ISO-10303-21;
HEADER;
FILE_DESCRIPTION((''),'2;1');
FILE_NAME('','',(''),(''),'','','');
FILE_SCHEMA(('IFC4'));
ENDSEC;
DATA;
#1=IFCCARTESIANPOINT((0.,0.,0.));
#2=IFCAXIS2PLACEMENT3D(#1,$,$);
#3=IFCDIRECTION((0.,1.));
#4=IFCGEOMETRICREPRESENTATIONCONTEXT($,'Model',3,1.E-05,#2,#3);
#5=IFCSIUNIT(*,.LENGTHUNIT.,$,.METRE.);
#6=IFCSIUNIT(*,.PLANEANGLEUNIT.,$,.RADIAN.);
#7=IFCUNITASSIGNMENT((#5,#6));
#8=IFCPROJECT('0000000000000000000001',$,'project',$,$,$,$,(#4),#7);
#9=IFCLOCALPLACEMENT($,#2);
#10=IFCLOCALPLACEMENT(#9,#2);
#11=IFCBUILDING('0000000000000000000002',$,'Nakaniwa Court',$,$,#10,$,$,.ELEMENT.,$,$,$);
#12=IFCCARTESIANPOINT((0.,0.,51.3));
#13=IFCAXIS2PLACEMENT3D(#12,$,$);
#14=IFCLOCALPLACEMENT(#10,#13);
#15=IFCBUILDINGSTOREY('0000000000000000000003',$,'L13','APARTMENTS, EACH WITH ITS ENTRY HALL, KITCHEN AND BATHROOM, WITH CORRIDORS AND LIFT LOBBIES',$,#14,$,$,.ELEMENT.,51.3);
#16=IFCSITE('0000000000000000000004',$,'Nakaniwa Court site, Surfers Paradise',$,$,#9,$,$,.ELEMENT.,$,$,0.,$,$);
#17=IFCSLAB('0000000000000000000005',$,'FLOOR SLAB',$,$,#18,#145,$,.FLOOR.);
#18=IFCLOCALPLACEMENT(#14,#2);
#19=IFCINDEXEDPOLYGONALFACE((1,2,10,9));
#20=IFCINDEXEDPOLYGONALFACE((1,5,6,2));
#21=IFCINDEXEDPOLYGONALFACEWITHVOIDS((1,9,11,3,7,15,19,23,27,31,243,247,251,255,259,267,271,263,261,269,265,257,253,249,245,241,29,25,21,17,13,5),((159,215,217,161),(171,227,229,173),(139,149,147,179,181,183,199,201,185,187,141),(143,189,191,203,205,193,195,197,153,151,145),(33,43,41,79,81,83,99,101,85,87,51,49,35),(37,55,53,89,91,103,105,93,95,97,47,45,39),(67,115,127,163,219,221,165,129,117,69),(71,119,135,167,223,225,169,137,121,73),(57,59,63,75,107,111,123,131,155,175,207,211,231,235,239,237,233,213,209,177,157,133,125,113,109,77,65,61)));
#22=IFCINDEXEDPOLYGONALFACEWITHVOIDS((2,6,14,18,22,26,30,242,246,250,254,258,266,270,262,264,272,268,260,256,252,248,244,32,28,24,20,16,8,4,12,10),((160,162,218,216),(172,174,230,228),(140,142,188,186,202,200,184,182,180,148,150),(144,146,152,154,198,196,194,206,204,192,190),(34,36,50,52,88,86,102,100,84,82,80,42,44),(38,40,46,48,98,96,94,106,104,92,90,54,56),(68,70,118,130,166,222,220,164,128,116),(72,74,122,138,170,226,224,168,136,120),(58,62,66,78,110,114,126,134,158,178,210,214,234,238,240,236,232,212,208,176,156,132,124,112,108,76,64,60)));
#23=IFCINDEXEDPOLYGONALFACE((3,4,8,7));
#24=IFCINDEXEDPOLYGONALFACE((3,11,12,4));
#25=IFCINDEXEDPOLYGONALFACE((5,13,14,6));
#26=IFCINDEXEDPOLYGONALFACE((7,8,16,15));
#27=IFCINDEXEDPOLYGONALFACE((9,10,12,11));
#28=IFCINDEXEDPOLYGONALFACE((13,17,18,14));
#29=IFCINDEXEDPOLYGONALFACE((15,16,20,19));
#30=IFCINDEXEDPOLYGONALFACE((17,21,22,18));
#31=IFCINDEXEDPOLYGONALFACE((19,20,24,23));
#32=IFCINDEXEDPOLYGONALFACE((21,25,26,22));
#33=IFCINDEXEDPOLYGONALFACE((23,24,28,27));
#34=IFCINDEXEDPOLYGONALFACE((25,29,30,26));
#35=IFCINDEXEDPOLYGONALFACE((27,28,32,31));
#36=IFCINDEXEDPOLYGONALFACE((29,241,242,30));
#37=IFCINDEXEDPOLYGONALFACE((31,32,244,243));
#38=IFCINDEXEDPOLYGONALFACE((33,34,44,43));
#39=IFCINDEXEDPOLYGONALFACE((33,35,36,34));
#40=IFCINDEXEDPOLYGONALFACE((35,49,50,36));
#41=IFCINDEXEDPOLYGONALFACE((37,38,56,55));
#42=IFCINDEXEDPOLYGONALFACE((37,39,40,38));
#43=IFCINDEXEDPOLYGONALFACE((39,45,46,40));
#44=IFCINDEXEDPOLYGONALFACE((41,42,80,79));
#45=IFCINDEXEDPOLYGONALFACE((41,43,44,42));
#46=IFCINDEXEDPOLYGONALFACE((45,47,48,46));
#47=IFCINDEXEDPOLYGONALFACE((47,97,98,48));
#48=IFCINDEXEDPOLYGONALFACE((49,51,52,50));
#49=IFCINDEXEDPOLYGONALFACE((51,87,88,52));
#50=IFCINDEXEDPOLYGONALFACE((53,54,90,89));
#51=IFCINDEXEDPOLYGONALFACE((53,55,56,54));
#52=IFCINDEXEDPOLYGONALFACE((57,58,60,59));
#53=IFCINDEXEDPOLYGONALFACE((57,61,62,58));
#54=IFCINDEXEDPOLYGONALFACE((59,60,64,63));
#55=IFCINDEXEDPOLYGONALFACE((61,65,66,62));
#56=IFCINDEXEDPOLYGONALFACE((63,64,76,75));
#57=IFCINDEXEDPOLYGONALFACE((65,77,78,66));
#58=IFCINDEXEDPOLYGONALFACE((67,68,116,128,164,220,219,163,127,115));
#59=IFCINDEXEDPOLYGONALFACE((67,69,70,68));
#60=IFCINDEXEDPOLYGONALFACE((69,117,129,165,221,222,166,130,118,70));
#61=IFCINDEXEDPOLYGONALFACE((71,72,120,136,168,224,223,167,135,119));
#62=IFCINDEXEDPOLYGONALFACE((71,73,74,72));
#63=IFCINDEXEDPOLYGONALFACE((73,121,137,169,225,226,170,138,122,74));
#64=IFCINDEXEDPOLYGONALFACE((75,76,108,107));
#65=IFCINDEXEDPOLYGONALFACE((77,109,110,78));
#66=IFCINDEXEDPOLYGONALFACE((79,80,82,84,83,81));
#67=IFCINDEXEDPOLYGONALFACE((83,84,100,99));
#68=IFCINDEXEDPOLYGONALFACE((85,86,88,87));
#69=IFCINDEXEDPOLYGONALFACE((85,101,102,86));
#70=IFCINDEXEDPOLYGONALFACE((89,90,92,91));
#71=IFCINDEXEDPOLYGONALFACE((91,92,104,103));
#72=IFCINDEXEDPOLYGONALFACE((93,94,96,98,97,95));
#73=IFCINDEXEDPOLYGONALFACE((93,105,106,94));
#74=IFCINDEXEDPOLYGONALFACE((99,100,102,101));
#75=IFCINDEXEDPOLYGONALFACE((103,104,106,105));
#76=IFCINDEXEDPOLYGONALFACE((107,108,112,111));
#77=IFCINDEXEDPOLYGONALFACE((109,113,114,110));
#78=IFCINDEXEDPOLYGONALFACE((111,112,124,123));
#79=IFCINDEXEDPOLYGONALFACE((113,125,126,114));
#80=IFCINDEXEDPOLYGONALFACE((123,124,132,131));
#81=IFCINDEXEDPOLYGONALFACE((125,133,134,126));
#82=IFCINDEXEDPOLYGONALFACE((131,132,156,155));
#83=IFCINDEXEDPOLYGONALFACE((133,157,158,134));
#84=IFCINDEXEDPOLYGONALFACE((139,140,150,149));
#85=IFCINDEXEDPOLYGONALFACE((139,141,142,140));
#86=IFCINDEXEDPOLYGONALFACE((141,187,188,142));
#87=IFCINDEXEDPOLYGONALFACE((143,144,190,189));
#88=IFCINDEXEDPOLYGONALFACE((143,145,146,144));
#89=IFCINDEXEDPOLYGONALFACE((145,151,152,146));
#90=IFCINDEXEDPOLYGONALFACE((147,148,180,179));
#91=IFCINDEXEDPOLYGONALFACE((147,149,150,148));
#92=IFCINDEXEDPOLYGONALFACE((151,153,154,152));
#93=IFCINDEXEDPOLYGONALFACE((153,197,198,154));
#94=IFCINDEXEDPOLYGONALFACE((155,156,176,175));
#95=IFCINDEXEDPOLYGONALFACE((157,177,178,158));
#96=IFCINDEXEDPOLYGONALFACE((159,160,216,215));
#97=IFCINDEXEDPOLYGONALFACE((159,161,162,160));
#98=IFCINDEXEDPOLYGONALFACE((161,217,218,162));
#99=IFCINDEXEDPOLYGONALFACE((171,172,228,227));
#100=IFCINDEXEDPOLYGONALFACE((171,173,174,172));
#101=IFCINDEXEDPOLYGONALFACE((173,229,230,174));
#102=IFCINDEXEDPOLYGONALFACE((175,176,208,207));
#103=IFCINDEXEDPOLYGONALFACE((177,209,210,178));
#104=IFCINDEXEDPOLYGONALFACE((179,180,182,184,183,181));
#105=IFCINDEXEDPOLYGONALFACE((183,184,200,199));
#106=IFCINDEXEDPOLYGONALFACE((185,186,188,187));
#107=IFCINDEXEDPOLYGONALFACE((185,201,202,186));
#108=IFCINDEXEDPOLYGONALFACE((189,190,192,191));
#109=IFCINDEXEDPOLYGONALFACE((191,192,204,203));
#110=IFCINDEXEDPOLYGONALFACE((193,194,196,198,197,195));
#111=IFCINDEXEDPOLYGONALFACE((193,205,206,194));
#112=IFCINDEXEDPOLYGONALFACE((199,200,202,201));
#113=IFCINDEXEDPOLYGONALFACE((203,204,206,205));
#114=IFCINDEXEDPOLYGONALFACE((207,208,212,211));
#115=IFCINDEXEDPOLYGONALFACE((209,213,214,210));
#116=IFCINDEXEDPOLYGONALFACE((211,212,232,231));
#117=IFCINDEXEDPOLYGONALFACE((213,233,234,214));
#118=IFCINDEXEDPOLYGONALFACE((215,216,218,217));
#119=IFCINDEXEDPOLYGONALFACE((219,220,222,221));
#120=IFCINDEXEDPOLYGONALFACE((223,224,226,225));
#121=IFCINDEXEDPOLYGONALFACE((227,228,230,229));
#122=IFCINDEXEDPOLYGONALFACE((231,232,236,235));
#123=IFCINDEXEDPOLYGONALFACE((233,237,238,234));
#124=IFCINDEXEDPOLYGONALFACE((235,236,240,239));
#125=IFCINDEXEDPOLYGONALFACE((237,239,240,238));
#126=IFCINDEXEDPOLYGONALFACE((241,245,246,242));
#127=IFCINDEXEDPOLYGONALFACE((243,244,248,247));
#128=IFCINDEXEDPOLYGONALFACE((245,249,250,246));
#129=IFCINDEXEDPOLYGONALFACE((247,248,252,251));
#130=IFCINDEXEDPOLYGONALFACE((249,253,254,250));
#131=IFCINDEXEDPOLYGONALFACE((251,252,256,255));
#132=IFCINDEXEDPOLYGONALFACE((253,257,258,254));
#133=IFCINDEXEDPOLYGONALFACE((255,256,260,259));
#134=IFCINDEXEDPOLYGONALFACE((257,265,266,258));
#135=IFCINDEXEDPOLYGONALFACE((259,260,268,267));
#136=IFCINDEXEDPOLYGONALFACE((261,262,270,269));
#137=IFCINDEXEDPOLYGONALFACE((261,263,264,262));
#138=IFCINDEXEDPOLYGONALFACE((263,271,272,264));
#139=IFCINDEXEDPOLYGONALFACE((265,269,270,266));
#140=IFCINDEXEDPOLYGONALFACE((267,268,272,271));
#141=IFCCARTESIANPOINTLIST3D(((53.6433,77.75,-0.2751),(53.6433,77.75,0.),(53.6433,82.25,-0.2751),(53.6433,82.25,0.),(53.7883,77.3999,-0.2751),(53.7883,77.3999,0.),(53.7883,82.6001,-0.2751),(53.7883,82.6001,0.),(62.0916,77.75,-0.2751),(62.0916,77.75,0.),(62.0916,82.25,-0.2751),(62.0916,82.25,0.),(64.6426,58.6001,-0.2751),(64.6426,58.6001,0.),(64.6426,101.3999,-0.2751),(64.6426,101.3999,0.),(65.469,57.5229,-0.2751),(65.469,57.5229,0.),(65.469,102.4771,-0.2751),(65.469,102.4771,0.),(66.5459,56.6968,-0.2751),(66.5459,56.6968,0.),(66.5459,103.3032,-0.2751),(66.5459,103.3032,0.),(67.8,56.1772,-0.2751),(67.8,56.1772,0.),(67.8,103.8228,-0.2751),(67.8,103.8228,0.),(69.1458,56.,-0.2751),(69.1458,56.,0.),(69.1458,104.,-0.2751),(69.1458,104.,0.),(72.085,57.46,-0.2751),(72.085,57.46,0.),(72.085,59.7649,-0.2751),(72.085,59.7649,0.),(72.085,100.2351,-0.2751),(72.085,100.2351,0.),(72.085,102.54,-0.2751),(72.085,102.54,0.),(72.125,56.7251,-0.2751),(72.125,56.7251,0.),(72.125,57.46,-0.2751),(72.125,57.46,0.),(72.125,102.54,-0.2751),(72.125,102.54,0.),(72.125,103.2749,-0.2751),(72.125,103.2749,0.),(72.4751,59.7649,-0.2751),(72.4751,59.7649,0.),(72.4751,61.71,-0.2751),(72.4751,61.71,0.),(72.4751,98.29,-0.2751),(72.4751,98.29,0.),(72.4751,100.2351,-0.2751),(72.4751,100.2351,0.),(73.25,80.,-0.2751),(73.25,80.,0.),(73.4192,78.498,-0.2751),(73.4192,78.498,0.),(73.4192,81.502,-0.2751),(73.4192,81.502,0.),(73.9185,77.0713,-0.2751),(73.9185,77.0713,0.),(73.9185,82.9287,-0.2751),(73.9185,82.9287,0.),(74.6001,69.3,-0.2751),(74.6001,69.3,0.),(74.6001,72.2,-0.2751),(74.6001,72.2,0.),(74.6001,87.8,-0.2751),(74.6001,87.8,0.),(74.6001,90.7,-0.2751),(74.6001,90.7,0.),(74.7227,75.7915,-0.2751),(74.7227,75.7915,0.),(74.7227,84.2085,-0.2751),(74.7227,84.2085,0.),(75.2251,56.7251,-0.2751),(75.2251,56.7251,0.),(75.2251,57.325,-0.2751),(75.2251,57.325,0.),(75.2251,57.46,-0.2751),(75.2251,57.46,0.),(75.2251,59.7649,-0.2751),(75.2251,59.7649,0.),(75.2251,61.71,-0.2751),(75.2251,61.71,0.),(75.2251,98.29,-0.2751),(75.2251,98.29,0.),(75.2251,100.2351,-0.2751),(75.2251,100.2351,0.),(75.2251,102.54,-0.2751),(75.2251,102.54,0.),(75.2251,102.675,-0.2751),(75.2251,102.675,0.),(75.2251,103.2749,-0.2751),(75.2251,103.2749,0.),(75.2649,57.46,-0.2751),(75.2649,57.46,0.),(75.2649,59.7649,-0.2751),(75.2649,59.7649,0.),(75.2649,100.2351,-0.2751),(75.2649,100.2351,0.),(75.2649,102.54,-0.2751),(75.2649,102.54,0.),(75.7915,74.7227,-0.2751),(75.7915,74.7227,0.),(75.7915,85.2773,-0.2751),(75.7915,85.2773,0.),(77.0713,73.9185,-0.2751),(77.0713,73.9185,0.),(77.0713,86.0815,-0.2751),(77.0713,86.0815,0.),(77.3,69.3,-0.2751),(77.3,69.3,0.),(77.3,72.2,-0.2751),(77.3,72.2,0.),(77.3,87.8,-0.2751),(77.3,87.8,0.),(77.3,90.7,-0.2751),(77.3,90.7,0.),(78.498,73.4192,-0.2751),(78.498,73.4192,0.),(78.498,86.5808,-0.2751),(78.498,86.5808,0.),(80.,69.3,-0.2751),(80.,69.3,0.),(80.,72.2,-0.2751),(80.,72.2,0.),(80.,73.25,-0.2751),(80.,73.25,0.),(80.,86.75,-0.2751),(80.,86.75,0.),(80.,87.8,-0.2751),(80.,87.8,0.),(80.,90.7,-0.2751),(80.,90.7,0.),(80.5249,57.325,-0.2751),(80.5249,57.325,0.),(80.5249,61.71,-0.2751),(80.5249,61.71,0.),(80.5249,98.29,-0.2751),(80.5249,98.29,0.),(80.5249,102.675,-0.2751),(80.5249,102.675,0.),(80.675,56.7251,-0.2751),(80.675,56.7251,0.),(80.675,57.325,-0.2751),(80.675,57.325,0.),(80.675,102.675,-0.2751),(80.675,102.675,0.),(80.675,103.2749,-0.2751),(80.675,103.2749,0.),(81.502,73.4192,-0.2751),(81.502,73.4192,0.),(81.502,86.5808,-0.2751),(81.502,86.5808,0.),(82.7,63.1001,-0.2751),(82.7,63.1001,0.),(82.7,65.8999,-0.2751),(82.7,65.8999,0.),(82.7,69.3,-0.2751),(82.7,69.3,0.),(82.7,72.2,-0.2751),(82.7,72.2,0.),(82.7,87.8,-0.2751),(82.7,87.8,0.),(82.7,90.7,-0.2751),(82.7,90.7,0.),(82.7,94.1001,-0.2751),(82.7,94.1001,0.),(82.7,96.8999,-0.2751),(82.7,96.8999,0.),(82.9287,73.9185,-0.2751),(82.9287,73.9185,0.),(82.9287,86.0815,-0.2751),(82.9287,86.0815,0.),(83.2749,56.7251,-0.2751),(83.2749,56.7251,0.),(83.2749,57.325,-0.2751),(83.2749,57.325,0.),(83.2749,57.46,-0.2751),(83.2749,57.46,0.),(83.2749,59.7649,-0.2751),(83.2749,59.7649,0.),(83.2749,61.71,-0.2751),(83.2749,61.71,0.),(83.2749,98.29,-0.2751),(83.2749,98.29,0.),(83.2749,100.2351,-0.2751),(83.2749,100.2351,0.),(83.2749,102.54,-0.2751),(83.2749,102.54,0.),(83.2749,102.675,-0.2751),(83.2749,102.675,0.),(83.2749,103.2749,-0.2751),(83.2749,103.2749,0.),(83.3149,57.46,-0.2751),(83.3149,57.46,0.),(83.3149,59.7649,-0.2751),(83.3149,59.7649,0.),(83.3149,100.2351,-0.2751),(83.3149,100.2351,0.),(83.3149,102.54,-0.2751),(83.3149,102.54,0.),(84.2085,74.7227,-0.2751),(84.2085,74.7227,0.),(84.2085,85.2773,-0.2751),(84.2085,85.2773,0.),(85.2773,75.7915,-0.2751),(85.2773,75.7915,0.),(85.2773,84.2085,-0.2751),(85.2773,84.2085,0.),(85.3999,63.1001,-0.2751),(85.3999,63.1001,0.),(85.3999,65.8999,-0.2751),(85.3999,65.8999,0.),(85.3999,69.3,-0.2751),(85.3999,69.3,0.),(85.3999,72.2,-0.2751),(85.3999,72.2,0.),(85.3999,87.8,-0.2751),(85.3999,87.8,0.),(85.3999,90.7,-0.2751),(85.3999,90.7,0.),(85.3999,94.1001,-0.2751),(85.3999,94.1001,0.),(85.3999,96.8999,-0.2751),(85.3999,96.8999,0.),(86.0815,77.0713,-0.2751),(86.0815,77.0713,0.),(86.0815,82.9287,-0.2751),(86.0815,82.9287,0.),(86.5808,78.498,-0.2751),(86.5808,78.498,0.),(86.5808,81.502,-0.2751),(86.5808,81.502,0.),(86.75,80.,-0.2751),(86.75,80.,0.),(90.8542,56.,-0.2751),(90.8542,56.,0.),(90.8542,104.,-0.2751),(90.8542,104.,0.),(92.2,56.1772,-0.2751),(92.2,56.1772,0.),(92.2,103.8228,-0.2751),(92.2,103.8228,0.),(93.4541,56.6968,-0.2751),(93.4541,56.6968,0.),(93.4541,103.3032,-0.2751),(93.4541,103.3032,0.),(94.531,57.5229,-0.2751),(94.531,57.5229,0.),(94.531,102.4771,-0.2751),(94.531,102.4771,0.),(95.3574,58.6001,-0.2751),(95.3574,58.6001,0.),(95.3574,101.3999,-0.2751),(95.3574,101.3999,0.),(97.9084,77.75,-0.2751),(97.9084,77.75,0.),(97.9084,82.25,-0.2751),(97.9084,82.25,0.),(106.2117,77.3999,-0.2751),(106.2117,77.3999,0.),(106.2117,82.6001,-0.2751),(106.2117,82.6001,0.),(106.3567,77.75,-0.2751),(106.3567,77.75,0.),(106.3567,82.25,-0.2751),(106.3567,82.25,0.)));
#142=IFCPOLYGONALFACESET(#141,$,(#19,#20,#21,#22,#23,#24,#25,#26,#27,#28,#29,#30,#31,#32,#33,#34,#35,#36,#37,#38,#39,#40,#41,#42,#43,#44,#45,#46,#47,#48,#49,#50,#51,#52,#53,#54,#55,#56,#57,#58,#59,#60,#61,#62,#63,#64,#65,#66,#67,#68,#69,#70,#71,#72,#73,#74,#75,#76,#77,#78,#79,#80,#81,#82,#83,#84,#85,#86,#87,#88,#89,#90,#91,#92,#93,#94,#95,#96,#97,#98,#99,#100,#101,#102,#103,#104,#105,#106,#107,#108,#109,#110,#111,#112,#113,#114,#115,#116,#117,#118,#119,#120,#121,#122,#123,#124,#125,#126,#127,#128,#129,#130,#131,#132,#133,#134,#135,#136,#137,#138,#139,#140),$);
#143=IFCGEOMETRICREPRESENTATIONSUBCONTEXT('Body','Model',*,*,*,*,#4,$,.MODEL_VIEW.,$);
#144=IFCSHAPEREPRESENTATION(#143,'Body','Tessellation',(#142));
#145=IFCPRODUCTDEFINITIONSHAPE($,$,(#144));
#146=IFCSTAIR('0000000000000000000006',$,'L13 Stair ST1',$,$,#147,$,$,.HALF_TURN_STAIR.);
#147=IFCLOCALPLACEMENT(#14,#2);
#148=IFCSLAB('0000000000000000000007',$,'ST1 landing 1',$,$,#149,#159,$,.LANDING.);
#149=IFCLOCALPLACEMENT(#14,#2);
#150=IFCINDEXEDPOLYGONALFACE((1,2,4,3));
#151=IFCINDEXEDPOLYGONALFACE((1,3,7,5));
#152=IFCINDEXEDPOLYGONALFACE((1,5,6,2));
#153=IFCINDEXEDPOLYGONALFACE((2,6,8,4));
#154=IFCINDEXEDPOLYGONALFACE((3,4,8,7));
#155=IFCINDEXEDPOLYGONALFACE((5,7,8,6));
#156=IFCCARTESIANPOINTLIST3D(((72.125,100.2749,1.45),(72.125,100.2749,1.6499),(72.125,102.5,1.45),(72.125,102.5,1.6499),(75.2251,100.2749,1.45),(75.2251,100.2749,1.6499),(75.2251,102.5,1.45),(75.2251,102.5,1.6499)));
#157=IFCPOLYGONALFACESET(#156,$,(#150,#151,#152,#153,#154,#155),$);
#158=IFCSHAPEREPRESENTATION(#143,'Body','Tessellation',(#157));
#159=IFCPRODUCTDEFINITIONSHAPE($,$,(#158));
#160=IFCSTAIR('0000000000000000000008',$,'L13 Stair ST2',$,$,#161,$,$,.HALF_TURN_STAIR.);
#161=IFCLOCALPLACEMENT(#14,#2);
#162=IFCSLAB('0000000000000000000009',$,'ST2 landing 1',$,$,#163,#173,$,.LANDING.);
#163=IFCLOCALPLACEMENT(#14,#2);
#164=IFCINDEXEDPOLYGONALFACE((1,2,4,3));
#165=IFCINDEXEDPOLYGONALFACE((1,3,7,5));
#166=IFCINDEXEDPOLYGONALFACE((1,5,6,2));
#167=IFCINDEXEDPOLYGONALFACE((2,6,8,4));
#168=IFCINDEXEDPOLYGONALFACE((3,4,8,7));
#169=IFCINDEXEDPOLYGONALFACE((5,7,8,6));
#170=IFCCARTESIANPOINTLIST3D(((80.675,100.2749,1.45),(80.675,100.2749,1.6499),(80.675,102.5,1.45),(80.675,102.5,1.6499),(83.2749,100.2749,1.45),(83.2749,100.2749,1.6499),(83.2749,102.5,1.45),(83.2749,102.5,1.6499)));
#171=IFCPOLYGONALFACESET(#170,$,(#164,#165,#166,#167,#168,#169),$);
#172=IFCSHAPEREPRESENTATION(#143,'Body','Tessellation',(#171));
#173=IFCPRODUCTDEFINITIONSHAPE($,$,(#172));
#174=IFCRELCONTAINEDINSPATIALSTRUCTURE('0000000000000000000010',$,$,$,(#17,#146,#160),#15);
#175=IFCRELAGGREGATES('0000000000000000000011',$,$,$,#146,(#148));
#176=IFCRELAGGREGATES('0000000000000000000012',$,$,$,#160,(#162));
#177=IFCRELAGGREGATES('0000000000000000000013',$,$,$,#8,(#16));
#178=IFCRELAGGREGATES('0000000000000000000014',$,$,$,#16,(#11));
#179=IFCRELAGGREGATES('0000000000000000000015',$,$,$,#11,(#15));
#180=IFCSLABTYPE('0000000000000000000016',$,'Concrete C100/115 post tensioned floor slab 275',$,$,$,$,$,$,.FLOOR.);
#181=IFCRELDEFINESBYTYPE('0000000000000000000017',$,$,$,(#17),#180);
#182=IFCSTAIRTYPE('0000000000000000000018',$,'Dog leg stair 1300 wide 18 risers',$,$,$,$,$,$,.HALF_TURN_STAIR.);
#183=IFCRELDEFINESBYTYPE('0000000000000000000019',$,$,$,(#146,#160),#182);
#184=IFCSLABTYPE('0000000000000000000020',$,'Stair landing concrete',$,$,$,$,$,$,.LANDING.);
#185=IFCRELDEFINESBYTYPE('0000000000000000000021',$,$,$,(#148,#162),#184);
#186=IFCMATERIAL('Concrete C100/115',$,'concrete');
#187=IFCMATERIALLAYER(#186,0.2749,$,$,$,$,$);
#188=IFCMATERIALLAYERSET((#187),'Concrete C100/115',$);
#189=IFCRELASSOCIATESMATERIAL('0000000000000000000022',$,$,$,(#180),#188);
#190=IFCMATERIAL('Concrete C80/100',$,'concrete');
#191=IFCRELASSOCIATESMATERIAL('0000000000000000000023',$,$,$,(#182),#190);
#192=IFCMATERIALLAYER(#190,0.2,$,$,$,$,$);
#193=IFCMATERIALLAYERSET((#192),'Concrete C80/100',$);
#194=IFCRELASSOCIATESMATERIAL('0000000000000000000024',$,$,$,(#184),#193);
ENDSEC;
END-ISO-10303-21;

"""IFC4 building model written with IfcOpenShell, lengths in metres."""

from ifc_helpers import new_model, si_unit, direction, frame, origin, place, context, subcontext, project, spatial, polyline, outline, extrude, material, layer, layer_set, type_object, element, aggregate, save


model = new_model("IFC4")

# Units and contexts
model_context = context("Model", 3, precision=1e-05, world=origin(), true_north=direction((0.0, 1.0)))
body_context = subcontext(model_context, "Body", "Model", "MODEL_VIEW")
ifc_project = project(units=[si_unit("LENGTHUNIT", "METRE"), si_unit("PLANEANGLEUNIT", "RADIAN")], contexts=[model_context])

# Site, building, storey
site_placement = place(None, origin())
site = spatial("IfcSite", under=ifc_project, at=site_placement, Name="Nakaniwa Court site, Surfers Paradise", CompositionType="ELEMENT", RefElevation=0.0)
building_placement = place(site_placement, origin())
building = spatial("IfcBuilding", under=site, at=building_placement, Name="Nakaniwa Court", CompositionType="ELEMENT")
storey_placement = place(building_placement, frame((0.0, 0.0, 51.3)))
storey = spatial("IfcBuildingStorey", under=building, at=storey_placement, Name="L13", Description="APARTMENTS, EACH WITH ITS ENTRY HALL, KITCHEN AND BATHROOM, WITH CORRIDORS AND LIFT LOBBIES", CompositionType="ELEMENT", Elevation=51.3)

# Shared definitions
ifc_material_1 = material(Name="Concrete C100/115", Category="concrete")

# Slab
ifc_layer_1 = layer(ifc_material_1, 0.2749)
ifc_layer_set_1 = layer_set([ifc_layer_1], Name="Concrete C100/115")
slab_type_1 = type_object("IfcSlabType", Name="Concrete C100/115 post tensioned floor slab 275", PredefinedType="FLOOR", material=ifc_layer_set_1)
slab_1_placement = place(storey_placement, frame((0.0, 0.0, -0.2751)))
element("IfcSlab", 1, at=slab_1_placement, inside=storey, type_object=slab_type_1, Name="FLOOR SLAB", PredefinedType="FLOOR", context=body_context, shape_type="SweptSolid", body=[
    extrude(outline(polyline([(97.9084, 82.25), (106.3567, 82.25), (106.2117, 82.6001), (95.3574, 101.3999), (94.531, 102.4771), (93.4541, 103.3032), (92.2, 103.8228), (90.8542, 104.0), (69.1458, 104.0), (67.8, 103.8228), (66.5459, 103.3032), (65.469, 102.4771), (64.6426, 101.3999), (53.7883, 82.6001), (53.6433, 82.25), (62.0916, 82.25), (62.0916, 77.75), (53.6433, 77.75), (53.7883, 77.3999), (64.6426, 58.6001), (65.469, 57.5229), (66.5459, 56.6968), (67.8, 56.1772), (69.1458, 56.0), (90.8542, 56.0), (92.2, 56.1772), (93.4541, 56.6968), (94.531, 57.5229), (95.3574, 58.6001), (106.2117, 77.3999), (106.3567, 77.75), (97.9084, 77.75), (97.9084, 82.25)]), holes=[polyline([(81.502, 86.5808), (80.0, 86.75), (78.498, 86.5808), (77.0713, 86.0815), (75.7915, 85.2773), (74.7227, 84.2085), (73.9185, 82.9287), (73.4192, 81.502), (73.25, 80.0), (73.4192, 78.498), (73.9185, 77.0713), (74.7227, 75.7915), (75.7915, 74.7227), (77.0713, 73.9185), (78.498, 73.4192), (80.0, 73.25), (81.502, 73.4192), (82.9287, 73.9185), (84.2085, 74.7227), (85.2773, 75.7915), (86.0815, 77.0713), (86.5808, 78.498), (86.75, 80.0), (86.5808, 81.502), (86.0815, 82.9287), (85.2773, 84.2085), (84.2085, 85.2773), (82.9287, 86.0815), (81.502, 86.5808)]), polyline([(75.2649, 57.46), (75.2649, 59.7649), (75.2251, 59.7649), (75.2251, 61.71), (72.4751, 61.71), (72.4751, 59.7649), (72.085, 59.7649), (72.085, 57.46), (72.125, 57.46), (72.125, 56.7251), (75.2251, 56.7251), (75.2251, 57.325), (75.2251, 57.46), (75.2649, 57.46)]), polyline([(80.0, 69.3), (82.7, 69.3), (85.3999, 69.3), (85.3999, 72.2), (82.7, 72.2), (80.0, 72.2), (77.3, 72.2), (74.6001, 72.2), (74.6001, 69.3), (77.3, 69.3), (80.0, 69.3)]), polyline([(80.0, 87.8), (82.7, 87.8), (85.3999, 87.8), (85.3999, 90.7), (82.7, 90.7), (80.0, 90.7), (77.3, 90.7), (74.6001, 90.7), (74.6001, 87.8), (77.3, 87.8), (80.0, 87.8)]), polyline([(75.2649, 100.2351), (75.2649, 102.54), (75.2251, 102.54), (75.2251, 102.675), (75.2251, 103.2749), (72.125, 103.2749), (72.125, 102.54), (72.085, 102.54), (72.085, 100.2351), (72.4751, 100.2351), (72.4751, 98.29), (75.2251, 98.29), (75.2251, 100.2351), (75.2649, 100.2351)]), polyline([(83.2749, 61.71), (80.5249, 61.71), (80.5249, 57.325), (80.675, 57.325), (80.675, 56.7251), (83.2749, 56.7251), (83.2749, 57.325), (83.2749, 57.46), (83.3149, 57.46), (83.3149, 59.7649), (83.2749, 59.7649), (83.2749, 61.71)]), polyline([(85.3999, 65.8999), (82.7, 65.8999), (82.7, 63.1001), (85.3999, 63.1001), (85.3999, 65.8999)]), polyline([(85.3999, 96.8999), (82.7, 96.8999), (82.7, 94.1001), (85.3999, 94.1001), (85.3999, 96.8999)]), polyline([(83.2749, 100.2351), (83.3149, 100.2351), (83.3149, 102.54), (83.2749, 102.54), (83.2749, 102.675), (83.2749, 103.2749), (80.675, 103.2749), (80.675, 102.675), (80.5249, 102.675), (80.5249, 98.29), (83.2749, 98.29), (83.2749, 100.2351)])]), origin(), (0.0, 0.0, 1.0), 0.2751),
])

# Stairs, slabs
ifc_material_2 = material(Name="Concrete C80/100", Category="concrete")
stair_type = type_object("IfcStairType", Name="Dog leg stair 1300 wide 18 risers", PredefinedType="HALF_TURN_STAIR", material=ifc_material_2)
stair_1_placement = place(storey_placement, origin())
stair_1 = element("IfcStair", 2, at=stair_1_placement, inside=storey, type_object=stair_type, Name="L13 Stair ST1", PredefinedType="HALF_TURN_STAIR")
ifc_layer_2 = layer(ifc_material_2, 0.2)
ifc_layer_set_2 = layer_set([ifc_layer_2], Name="Concrete C80/100")
slab_type_2 = type_object("IfcSlabType", Name="Stair landing concrete", PredefinedType="LANDING", material=ifc_layer_set_2)
slab_2_placement = place(storey_placement, frame((0.0, 0.0, 1.45)))
slab_2 = element("IfcSlab", 3, at=slab_2_placement, type_object=slab_type_2, Name="ST1 landing 1", PredefinedType="LANDING", context=body_context, shape_type="SweptSolid", body=[
    extrude(outline(polyline([(75.2251, 100.2749), (75.2251, 102.5), (72.125, 102.5), (72.125, 100.2749), (75.2251, 100.2749)])), origin(), (0.0, 0.0, 1.0), 0.2),
])
aggregate(stair_1, [slab_2])
stair_2_placement = place(storey_placement, origin())
stair_2 = element("IfcStair", 4, at=stair_2_placement, inside=storey, type_object=stair_type, Name="L13 Stair ST2", PredefinedType="HALF_TURN_STAIR")
slab_3_placement = place(storey_placement, frame((0.0, 0.0, 1.45)))
slab_3 = element("IfcSlab", 5, at=slab_3_placement, type_object=slab_type_2, Name="ST2 landing 1", PredefinedType="LANDING", context=body_context, shape_type="SweptSolid", body=[
    extrude(outline(polyline([(83.2749, 100.2749), (83.2749, 102.5), (80.675, 102.5), (80.675, 100.2749), (83.2749, 100.2749)])), origin(), (0.0, 0.0, 1.0), 0.2),
])
aggregate(stair_2, [slab_3])

save(model, "model.ifc")
